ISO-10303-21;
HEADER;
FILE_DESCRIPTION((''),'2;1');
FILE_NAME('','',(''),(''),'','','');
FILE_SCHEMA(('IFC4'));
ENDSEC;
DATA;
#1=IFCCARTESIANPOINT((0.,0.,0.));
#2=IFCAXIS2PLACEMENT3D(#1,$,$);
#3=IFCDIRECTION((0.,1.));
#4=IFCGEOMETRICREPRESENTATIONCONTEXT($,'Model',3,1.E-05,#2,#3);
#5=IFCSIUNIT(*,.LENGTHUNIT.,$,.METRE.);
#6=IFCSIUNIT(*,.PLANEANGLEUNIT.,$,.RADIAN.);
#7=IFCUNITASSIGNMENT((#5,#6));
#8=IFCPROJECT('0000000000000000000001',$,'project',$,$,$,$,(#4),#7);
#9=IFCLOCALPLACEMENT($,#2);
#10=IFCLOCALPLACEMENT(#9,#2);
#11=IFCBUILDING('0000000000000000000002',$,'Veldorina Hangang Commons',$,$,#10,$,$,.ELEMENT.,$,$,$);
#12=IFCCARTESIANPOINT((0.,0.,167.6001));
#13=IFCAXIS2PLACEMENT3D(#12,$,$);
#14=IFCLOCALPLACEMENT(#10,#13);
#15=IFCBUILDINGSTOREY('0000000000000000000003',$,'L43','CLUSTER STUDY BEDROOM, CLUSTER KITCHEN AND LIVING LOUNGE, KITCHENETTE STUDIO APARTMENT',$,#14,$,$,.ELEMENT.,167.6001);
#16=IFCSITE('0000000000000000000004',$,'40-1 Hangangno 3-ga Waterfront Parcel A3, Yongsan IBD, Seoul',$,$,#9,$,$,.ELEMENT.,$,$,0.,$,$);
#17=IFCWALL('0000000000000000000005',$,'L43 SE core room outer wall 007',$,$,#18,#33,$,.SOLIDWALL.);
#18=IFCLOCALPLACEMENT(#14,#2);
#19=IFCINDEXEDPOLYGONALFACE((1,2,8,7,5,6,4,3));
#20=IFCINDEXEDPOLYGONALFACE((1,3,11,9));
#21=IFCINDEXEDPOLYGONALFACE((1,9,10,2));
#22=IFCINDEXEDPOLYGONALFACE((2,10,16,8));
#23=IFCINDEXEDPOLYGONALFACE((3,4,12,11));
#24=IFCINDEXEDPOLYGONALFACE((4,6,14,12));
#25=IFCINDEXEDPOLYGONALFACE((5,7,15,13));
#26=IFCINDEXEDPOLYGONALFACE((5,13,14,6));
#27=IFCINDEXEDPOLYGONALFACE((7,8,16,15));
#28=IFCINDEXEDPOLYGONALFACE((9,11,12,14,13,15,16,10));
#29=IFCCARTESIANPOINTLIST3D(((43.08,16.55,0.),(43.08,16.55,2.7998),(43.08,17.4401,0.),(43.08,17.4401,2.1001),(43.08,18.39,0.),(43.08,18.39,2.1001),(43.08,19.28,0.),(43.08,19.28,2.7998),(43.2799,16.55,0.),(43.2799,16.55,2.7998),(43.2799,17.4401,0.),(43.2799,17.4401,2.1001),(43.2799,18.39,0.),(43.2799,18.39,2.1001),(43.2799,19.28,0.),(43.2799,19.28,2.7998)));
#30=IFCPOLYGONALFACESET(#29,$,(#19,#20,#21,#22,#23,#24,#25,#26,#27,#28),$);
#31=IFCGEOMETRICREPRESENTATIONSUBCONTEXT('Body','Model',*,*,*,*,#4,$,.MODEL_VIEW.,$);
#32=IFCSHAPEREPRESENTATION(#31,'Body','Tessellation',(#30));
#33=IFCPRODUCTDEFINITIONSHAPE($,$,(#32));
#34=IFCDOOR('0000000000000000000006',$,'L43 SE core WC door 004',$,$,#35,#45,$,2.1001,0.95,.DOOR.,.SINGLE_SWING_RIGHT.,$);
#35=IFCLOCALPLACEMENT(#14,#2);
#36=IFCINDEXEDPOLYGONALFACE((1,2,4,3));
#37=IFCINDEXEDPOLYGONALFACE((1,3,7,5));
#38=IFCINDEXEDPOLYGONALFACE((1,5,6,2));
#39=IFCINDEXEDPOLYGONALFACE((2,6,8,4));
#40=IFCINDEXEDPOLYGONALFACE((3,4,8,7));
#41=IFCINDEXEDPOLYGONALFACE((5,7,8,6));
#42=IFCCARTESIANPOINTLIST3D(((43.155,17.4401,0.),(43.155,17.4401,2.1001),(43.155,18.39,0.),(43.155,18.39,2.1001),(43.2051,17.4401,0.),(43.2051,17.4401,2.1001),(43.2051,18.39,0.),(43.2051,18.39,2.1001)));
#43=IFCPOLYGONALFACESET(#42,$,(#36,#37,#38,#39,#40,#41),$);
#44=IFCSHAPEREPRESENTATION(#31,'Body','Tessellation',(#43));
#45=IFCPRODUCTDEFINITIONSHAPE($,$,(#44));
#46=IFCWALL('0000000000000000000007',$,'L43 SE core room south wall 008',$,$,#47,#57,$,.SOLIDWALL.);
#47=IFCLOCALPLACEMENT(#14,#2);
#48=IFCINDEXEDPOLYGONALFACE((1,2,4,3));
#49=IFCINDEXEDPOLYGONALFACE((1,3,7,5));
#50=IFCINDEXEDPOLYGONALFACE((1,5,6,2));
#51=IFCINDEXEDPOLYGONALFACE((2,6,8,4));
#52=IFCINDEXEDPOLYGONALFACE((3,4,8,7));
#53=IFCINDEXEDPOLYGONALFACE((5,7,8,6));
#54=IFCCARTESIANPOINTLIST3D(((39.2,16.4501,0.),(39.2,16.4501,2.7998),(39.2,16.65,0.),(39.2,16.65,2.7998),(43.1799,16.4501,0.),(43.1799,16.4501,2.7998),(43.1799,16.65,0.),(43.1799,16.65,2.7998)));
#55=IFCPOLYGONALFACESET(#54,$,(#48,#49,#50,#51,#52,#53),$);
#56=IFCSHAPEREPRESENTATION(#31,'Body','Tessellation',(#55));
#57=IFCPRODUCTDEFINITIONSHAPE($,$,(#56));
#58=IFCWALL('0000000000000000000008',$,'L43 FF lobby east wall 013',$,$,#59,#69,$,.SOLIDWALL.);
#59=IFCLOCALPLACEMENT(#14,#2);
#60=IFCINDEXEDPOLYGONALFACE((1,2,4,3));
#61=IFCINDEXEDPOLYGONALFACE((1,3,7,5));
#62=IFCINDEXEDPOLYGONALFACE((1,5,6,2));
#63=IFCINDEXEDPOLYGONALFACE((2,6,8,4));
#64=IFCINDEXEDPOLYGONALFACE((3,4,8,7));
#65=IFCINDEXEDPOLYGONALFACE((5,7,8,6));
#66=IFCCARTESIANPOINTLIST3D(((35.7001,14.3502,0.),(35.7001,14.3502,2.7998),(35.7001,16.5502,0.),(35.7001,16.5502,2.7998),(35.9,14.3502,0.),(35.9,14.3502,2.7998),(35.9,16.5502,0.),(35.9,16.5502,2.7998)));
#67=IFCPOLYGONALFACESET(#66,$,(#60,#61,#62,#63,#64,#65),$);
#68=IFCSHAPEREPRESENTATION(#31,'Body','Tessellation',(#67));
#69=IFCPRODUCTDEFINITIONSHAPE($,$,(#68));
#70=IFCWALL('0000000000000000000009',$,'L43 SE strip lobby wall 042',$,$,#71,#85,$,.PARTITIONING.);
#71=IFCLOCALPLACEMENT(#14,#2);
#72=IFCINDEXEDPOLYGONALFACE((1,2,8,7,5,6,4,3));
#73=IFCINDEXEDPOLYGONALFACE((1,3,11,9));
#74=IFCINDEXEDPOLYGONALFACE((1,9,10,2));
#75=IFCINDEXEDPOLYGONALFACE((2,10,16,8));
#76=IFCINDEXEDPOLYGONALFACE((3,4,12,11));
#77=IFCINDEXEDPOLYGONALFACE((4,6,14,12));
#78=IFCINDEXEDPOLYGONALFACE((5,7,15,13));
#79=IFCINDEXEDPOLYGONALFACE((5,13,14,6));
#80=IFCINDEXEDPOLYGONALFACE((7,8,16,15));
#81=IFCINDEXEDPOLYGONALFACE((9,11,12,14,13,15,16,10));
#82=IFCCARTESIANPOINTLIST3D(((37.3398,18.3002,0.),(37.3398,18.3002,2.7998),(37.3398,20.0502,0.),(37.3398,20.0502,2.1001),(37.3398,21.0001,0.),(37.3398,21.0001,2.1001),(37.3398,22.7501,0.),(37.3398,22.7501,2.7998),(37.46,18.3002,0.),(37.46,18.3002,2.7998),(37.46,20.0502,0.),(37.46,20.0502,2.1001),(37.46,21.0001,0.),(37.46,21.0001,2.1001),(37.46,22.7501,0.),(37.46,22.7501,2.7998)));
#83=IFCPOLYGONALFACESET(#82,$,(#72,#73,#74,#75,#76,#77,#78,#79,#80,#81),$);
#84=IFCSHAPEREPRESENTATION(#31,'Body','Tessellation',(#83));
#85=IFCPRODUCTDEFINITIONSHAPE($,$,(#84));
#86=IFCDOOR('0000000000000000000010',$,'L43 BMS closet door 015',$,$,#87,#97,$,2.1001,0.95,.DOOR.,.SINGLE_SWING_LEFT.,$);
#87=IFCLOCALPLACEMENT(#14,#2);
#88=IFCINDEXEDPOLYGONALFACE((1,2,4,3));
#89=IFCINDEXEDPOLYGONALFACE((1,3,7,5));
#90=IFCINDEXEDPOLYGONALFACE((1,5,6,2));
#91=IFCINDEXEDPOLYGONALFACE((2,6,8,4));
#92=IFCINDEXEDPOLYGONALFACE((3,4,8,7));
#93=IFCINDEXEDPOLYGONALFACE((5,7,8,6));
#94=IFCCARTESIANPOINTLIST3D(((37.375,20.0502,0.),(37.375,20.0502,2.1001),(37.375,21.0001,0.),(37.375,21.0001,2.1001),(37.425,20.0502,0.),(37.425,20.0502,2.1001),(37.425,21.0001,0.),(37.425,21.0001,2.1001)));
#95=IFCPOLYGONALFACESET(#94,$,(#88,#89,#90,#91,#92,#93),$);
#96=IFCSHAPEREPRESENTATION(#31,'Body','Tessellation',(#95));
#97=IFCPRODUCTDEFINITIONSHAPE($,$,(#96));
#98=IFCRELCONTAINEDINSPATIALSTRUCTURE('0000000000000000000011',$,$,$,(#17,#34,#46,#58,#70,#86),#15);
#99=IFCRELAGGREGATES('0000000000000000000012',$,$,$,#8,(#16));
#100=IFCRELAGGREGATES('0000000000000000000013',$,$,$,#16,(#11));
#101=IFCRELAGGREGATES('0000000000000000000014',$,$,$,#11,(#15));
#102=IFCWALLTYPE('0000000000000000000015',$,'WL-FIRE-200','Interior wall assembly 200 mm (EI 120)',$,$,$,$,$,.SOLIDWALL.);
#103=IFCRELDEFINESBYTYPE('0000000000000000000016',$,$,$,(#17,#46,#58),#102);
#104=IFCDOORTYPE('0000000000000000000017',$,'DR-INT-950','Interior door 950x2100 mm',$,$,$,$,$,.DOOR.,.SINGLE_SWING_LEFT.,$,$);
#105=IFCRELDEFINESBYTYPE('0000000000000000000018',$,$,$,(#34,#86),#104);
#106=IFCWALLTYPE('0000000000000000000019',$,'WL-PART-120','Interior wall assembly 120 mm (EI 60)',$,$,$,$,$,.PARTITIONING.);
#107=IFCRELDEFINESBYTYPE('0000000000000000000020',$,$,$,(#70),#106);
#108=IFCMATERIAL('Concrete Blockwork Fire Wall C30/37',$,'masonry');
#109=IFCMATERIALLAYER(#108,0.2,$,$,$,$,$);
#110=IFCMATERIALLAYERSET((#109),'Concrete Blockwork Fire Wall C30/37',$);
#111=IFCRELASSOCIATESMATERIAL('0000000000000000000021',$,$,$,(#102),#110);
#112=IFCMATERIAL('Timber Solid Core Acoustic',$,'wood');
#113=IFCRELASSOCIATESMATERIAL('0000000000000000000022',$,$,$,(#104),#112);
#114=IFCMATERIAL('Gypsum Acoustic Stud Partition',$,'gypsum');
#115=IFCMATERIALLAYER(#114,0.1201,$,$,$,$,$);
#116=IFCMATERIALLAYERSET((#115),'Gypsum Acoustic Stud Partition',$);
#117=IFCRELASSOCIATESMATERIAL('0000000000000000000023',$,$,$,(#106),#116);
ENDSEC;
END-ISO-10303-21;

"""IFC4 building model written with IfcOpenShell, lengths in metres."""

from ifc_helpers import new_model, si_unit, direction, frame, frame_2d, origin, place, context, subcontext, project, spatial, rectangle, extrude, material, layer, layer_set, type_object, element, fill, save


model = new_model("IFC4")

# Units and contexts
model_context = context("Model", 3, precision=1e-05, world=origin(), true_north=direction((0.0, 1.0)))
body_context = subcontext(model_context, "Body", "Model", "MODEL_VIEW")
ifc_project = project(units=[si_unit("LENGTHUNIT", "METRE"), si_unit("PLANEANGLEUNIT", "RADIAN")], contexts=[model_context])

# Site, building, storey
site_placement = place(None, origin())
site = spatial("IfcSite", under=ifc_project, at=site_placement, Name="40-1 Hangangno 3-ga Waterfront Parcel A3, Yongsan IBD, Seoul", CompositionType="ELEMENT", RefElevation=0.0)
building_placement = place(site_placement, origin())
building = spatial("IfcBuilding", under=site, at=building_placement, Name="Veldorina Hangang Commons", CompositionType="ELEMENT")
storey_placement = place(building_placement, frame((0.0, 0.0, 167.6001)))
storey = spatial("IfcBuildingStorey", under=building, at=storey_placement, Name="L43", Description="CLUSTER STUDY BEDROOM, CLUSTER KITCHEN AND LIVING LOUNGE, KITCHENETTE STUDIO APARTMENT", CompositionType="ELEMENT", Elevation=167.6001)

# Shared definitions
ifc_material_1 = material(Name="Timber Solid Core Acoustic", Category="wood")

# Wall, opening, door
ifc_material_2 = material(Name="Concrete Blockwork Fire Wall C30/37", Category="masonry")
ifc_layer_1 = layer(ifc_material_2, 0.2)
ifc_layer_set_1 = layer_set([ifc_layer_1], Name="Concrete Blockwork Fire Wall C30/37")
wall_type_1 = type_object("IfcWallType", Name="WL-FIRE-200", Description="Interior wall assembly 200 mm (EI 120)", PredefinedType="SOLIDWALL", material=ifc_layer_set_1)
wall_1_placement = place(storey_placement, frame((43.1799, 16.55, 0.0), z_axis=(0.0, 0.0, 1.0), x_axis=(0.0, 1.0, 0.0)))
wall_1 = element("IfcWall", 1, at=wall_1_placement, inside=storey, type_object=wall_type_1, Name="L43 SE core room outer wall 007", PredefinedType="SOLIDWALL", context=body_context, shape_type="SweptSolid", body=[
    extrude(rectangle(XDim=2.73, YDim=0.2, at=frame_2d((1.365, 0.0))), origin(), (0.0, 0.0, 1.0), 2.7998),
])
opening_1_placement = place(wall_1_placement, frame((0.8899, 0.0, 0.0)))
opening_1 = element("IfcOpeningElement", 2, at=opening_1_placement, cuts=wall_1, PredefinedType="OPENING", context=body_context, shape_type="SweptSolid", body=[
    extrude(rectangle(XDim=0.95, YDim=2.1001, at=frame_2d((0.4751, 1.05))), frame((0.0, 0.1099, 0.0), z_axis=(0.0, -1.0, 0.0), x_axis=(1.0, 0.0, 0.0)), (0.0, 0.0, 1.0), 0.22),
])
door_type_1 = type_object("IfcDoorType", Name="DR-INT-950", Description="Interior door 950x2100 mm", OperationType="SINGLE_SWING_LEFT", PredefinedType="DOOR", material=ifc_material_1)
door_1_placement = place(opening_1_placement, origin())
door_1 = element("IfcDoor", 3, at=door_1_placement, inside=storey, type_object=door_type_1, Name="L43 SE core WC door 004", OperationType="SINGLE_SWING_RIGHT", OverallHeight=2.1001, OverallWidth=0.95, PredefinedType="DOOR", context=body_context, shape_type="SweptSolid", body=[
    extrude(rectangle(XDim=0.95, YDim=2.1001, at=frame_2d((0.4751, 1.05))), frame((0.0, 0.0249, 0.0), z_axis=(0.0, -1.0, 0.0), x_axis=(1.0, 0.0, 0.0)), (0.0, 0.0, 1.0), 0.05),
])
fill(opening_1, door_1)

# Walls
wall_2_placement = place(storey_placement, frame((39.2, 16.55, 0.0), z_axis=(0.0, 0.0, 1.0), x_axis=(1.0, 0.0, 0.0)))
element("IfcWall", 4, at=wall_2_placement, inside=storey, type_object=wall_type_1, Name="L43 SE core room south wall 008", PredefinedType="SOLIDWALL", context=body_context, shape_type="SweptSolid", body=[
    extrude(rectangle(XDim=3.98, YDim=0.2, at=frame_2d((1.99, 0.0))), origin(), (0.0, 0.0, 1.0), 2.7998),
])
wall_3_placement = place(storey_placement, frame((35.8, 14.3501, 0.0), z_axis=(0.0, 0.0, 1.0), x_axis=(0.0, 1.0, 0.0)))
element("IfcWall", 5, at=wall_3_placement, inside=storey, type_object=wall_type_1, Name="L43 FF lobby east wall 013", PredefinedType="SOLIDWALL", context=body_context, shape_type="SweptSolid", body=[
    extrude(rectangle(XDim=2.2, YDim=0.2, at=frame_2d((1.1001, 0.0))), origin(), (0.0, 0.0, 1.0), 2.7998),
])

# Wall, opening, door
ifc_material_3 = material(Name="Gypsum Acoustic Stud Partition", Category="gypsum")
ifc_layer_2 = layer(ifc_material_3, 0.1201)
ifc_layer_set_2 = layer_set([ifc_layer_2], Name="Gypsum Acoustic Stud Partition")
wall_type_2 = type_object("IfcWallType", Name="WL-PART-120", Description="Interior wall assembly 120 mm (EI 60)", PredefinedType="PARTITIONING", material=ifc_layer_set_2)
wall_4_placement = place(storey_placement, frame((37.3999, 18.3, 0.0), z_axis=(0.0, 0.0, 1.0), x_axis=(0.0, 1.0, 0.0)))
wall_4 = element("IfcWall", 6, at=wall_4_placement, inside=storey, type_object=wall_type_2, Name="L43 SE strip lobby wall 042", PredefinedType="PARTITIONING", context=body_context, shape_type="SweptSolid", body=[
    extrude(rectangle(XDim=4.45, YDim=0.1201, at=frame_2d((2.2251, 0.0))), origin(), (0.0, 0.0, 1.0), 2.7998),
])
opening_2_placement = place(wall_4_placement, frame((1.75, 0.0, 0.0)))
opening_2 = element("IfcOpeningElement", 7, at=opening_2_placement, cuts=wall_4, PredefinedType="OPENING", context=body_context, shape_type="SweptSolid", body=[
    extrude(rectangle(XDim=0.95, YDim=2.1001, at=frame_2d((0.4751, 1.05))), frame((0.0, 0.0701, 0.0), z_axis=(0.0, -1.0, 0.0), x_axis=(1.0, 0.0, 0.0)), (0.0, 0.0, 1.0), 0.1401),
])
door_2_placement = place(opening_2_placement, origin())
door_2 = element("IfcDoor", 8, at=door_2_placement, inside=storey, type_object=door_type_1, Name="L43 BMS closet door 015", OperationType="SINGLE_SWING_LEFT", OverallHeight=2.1001, OverallWidth=0.95, PredefinedType="DOOR", context=body_context, shape_type="SweptSolid", body=[
    extrude(rectangle(XDim=0.95, YDim=2.1001, at=frame_2d((0.4751, 1.05))), frame((0.0, 0.0249, 0.0), z_axis=(0.0, -1.0, 0.0), x_axis=(1.0, 0.0, 0.0)), (0.0, 0.0, 1.0), 0.05),
])
fill(opening_2, door_2)

save(model, "model.ifc")
